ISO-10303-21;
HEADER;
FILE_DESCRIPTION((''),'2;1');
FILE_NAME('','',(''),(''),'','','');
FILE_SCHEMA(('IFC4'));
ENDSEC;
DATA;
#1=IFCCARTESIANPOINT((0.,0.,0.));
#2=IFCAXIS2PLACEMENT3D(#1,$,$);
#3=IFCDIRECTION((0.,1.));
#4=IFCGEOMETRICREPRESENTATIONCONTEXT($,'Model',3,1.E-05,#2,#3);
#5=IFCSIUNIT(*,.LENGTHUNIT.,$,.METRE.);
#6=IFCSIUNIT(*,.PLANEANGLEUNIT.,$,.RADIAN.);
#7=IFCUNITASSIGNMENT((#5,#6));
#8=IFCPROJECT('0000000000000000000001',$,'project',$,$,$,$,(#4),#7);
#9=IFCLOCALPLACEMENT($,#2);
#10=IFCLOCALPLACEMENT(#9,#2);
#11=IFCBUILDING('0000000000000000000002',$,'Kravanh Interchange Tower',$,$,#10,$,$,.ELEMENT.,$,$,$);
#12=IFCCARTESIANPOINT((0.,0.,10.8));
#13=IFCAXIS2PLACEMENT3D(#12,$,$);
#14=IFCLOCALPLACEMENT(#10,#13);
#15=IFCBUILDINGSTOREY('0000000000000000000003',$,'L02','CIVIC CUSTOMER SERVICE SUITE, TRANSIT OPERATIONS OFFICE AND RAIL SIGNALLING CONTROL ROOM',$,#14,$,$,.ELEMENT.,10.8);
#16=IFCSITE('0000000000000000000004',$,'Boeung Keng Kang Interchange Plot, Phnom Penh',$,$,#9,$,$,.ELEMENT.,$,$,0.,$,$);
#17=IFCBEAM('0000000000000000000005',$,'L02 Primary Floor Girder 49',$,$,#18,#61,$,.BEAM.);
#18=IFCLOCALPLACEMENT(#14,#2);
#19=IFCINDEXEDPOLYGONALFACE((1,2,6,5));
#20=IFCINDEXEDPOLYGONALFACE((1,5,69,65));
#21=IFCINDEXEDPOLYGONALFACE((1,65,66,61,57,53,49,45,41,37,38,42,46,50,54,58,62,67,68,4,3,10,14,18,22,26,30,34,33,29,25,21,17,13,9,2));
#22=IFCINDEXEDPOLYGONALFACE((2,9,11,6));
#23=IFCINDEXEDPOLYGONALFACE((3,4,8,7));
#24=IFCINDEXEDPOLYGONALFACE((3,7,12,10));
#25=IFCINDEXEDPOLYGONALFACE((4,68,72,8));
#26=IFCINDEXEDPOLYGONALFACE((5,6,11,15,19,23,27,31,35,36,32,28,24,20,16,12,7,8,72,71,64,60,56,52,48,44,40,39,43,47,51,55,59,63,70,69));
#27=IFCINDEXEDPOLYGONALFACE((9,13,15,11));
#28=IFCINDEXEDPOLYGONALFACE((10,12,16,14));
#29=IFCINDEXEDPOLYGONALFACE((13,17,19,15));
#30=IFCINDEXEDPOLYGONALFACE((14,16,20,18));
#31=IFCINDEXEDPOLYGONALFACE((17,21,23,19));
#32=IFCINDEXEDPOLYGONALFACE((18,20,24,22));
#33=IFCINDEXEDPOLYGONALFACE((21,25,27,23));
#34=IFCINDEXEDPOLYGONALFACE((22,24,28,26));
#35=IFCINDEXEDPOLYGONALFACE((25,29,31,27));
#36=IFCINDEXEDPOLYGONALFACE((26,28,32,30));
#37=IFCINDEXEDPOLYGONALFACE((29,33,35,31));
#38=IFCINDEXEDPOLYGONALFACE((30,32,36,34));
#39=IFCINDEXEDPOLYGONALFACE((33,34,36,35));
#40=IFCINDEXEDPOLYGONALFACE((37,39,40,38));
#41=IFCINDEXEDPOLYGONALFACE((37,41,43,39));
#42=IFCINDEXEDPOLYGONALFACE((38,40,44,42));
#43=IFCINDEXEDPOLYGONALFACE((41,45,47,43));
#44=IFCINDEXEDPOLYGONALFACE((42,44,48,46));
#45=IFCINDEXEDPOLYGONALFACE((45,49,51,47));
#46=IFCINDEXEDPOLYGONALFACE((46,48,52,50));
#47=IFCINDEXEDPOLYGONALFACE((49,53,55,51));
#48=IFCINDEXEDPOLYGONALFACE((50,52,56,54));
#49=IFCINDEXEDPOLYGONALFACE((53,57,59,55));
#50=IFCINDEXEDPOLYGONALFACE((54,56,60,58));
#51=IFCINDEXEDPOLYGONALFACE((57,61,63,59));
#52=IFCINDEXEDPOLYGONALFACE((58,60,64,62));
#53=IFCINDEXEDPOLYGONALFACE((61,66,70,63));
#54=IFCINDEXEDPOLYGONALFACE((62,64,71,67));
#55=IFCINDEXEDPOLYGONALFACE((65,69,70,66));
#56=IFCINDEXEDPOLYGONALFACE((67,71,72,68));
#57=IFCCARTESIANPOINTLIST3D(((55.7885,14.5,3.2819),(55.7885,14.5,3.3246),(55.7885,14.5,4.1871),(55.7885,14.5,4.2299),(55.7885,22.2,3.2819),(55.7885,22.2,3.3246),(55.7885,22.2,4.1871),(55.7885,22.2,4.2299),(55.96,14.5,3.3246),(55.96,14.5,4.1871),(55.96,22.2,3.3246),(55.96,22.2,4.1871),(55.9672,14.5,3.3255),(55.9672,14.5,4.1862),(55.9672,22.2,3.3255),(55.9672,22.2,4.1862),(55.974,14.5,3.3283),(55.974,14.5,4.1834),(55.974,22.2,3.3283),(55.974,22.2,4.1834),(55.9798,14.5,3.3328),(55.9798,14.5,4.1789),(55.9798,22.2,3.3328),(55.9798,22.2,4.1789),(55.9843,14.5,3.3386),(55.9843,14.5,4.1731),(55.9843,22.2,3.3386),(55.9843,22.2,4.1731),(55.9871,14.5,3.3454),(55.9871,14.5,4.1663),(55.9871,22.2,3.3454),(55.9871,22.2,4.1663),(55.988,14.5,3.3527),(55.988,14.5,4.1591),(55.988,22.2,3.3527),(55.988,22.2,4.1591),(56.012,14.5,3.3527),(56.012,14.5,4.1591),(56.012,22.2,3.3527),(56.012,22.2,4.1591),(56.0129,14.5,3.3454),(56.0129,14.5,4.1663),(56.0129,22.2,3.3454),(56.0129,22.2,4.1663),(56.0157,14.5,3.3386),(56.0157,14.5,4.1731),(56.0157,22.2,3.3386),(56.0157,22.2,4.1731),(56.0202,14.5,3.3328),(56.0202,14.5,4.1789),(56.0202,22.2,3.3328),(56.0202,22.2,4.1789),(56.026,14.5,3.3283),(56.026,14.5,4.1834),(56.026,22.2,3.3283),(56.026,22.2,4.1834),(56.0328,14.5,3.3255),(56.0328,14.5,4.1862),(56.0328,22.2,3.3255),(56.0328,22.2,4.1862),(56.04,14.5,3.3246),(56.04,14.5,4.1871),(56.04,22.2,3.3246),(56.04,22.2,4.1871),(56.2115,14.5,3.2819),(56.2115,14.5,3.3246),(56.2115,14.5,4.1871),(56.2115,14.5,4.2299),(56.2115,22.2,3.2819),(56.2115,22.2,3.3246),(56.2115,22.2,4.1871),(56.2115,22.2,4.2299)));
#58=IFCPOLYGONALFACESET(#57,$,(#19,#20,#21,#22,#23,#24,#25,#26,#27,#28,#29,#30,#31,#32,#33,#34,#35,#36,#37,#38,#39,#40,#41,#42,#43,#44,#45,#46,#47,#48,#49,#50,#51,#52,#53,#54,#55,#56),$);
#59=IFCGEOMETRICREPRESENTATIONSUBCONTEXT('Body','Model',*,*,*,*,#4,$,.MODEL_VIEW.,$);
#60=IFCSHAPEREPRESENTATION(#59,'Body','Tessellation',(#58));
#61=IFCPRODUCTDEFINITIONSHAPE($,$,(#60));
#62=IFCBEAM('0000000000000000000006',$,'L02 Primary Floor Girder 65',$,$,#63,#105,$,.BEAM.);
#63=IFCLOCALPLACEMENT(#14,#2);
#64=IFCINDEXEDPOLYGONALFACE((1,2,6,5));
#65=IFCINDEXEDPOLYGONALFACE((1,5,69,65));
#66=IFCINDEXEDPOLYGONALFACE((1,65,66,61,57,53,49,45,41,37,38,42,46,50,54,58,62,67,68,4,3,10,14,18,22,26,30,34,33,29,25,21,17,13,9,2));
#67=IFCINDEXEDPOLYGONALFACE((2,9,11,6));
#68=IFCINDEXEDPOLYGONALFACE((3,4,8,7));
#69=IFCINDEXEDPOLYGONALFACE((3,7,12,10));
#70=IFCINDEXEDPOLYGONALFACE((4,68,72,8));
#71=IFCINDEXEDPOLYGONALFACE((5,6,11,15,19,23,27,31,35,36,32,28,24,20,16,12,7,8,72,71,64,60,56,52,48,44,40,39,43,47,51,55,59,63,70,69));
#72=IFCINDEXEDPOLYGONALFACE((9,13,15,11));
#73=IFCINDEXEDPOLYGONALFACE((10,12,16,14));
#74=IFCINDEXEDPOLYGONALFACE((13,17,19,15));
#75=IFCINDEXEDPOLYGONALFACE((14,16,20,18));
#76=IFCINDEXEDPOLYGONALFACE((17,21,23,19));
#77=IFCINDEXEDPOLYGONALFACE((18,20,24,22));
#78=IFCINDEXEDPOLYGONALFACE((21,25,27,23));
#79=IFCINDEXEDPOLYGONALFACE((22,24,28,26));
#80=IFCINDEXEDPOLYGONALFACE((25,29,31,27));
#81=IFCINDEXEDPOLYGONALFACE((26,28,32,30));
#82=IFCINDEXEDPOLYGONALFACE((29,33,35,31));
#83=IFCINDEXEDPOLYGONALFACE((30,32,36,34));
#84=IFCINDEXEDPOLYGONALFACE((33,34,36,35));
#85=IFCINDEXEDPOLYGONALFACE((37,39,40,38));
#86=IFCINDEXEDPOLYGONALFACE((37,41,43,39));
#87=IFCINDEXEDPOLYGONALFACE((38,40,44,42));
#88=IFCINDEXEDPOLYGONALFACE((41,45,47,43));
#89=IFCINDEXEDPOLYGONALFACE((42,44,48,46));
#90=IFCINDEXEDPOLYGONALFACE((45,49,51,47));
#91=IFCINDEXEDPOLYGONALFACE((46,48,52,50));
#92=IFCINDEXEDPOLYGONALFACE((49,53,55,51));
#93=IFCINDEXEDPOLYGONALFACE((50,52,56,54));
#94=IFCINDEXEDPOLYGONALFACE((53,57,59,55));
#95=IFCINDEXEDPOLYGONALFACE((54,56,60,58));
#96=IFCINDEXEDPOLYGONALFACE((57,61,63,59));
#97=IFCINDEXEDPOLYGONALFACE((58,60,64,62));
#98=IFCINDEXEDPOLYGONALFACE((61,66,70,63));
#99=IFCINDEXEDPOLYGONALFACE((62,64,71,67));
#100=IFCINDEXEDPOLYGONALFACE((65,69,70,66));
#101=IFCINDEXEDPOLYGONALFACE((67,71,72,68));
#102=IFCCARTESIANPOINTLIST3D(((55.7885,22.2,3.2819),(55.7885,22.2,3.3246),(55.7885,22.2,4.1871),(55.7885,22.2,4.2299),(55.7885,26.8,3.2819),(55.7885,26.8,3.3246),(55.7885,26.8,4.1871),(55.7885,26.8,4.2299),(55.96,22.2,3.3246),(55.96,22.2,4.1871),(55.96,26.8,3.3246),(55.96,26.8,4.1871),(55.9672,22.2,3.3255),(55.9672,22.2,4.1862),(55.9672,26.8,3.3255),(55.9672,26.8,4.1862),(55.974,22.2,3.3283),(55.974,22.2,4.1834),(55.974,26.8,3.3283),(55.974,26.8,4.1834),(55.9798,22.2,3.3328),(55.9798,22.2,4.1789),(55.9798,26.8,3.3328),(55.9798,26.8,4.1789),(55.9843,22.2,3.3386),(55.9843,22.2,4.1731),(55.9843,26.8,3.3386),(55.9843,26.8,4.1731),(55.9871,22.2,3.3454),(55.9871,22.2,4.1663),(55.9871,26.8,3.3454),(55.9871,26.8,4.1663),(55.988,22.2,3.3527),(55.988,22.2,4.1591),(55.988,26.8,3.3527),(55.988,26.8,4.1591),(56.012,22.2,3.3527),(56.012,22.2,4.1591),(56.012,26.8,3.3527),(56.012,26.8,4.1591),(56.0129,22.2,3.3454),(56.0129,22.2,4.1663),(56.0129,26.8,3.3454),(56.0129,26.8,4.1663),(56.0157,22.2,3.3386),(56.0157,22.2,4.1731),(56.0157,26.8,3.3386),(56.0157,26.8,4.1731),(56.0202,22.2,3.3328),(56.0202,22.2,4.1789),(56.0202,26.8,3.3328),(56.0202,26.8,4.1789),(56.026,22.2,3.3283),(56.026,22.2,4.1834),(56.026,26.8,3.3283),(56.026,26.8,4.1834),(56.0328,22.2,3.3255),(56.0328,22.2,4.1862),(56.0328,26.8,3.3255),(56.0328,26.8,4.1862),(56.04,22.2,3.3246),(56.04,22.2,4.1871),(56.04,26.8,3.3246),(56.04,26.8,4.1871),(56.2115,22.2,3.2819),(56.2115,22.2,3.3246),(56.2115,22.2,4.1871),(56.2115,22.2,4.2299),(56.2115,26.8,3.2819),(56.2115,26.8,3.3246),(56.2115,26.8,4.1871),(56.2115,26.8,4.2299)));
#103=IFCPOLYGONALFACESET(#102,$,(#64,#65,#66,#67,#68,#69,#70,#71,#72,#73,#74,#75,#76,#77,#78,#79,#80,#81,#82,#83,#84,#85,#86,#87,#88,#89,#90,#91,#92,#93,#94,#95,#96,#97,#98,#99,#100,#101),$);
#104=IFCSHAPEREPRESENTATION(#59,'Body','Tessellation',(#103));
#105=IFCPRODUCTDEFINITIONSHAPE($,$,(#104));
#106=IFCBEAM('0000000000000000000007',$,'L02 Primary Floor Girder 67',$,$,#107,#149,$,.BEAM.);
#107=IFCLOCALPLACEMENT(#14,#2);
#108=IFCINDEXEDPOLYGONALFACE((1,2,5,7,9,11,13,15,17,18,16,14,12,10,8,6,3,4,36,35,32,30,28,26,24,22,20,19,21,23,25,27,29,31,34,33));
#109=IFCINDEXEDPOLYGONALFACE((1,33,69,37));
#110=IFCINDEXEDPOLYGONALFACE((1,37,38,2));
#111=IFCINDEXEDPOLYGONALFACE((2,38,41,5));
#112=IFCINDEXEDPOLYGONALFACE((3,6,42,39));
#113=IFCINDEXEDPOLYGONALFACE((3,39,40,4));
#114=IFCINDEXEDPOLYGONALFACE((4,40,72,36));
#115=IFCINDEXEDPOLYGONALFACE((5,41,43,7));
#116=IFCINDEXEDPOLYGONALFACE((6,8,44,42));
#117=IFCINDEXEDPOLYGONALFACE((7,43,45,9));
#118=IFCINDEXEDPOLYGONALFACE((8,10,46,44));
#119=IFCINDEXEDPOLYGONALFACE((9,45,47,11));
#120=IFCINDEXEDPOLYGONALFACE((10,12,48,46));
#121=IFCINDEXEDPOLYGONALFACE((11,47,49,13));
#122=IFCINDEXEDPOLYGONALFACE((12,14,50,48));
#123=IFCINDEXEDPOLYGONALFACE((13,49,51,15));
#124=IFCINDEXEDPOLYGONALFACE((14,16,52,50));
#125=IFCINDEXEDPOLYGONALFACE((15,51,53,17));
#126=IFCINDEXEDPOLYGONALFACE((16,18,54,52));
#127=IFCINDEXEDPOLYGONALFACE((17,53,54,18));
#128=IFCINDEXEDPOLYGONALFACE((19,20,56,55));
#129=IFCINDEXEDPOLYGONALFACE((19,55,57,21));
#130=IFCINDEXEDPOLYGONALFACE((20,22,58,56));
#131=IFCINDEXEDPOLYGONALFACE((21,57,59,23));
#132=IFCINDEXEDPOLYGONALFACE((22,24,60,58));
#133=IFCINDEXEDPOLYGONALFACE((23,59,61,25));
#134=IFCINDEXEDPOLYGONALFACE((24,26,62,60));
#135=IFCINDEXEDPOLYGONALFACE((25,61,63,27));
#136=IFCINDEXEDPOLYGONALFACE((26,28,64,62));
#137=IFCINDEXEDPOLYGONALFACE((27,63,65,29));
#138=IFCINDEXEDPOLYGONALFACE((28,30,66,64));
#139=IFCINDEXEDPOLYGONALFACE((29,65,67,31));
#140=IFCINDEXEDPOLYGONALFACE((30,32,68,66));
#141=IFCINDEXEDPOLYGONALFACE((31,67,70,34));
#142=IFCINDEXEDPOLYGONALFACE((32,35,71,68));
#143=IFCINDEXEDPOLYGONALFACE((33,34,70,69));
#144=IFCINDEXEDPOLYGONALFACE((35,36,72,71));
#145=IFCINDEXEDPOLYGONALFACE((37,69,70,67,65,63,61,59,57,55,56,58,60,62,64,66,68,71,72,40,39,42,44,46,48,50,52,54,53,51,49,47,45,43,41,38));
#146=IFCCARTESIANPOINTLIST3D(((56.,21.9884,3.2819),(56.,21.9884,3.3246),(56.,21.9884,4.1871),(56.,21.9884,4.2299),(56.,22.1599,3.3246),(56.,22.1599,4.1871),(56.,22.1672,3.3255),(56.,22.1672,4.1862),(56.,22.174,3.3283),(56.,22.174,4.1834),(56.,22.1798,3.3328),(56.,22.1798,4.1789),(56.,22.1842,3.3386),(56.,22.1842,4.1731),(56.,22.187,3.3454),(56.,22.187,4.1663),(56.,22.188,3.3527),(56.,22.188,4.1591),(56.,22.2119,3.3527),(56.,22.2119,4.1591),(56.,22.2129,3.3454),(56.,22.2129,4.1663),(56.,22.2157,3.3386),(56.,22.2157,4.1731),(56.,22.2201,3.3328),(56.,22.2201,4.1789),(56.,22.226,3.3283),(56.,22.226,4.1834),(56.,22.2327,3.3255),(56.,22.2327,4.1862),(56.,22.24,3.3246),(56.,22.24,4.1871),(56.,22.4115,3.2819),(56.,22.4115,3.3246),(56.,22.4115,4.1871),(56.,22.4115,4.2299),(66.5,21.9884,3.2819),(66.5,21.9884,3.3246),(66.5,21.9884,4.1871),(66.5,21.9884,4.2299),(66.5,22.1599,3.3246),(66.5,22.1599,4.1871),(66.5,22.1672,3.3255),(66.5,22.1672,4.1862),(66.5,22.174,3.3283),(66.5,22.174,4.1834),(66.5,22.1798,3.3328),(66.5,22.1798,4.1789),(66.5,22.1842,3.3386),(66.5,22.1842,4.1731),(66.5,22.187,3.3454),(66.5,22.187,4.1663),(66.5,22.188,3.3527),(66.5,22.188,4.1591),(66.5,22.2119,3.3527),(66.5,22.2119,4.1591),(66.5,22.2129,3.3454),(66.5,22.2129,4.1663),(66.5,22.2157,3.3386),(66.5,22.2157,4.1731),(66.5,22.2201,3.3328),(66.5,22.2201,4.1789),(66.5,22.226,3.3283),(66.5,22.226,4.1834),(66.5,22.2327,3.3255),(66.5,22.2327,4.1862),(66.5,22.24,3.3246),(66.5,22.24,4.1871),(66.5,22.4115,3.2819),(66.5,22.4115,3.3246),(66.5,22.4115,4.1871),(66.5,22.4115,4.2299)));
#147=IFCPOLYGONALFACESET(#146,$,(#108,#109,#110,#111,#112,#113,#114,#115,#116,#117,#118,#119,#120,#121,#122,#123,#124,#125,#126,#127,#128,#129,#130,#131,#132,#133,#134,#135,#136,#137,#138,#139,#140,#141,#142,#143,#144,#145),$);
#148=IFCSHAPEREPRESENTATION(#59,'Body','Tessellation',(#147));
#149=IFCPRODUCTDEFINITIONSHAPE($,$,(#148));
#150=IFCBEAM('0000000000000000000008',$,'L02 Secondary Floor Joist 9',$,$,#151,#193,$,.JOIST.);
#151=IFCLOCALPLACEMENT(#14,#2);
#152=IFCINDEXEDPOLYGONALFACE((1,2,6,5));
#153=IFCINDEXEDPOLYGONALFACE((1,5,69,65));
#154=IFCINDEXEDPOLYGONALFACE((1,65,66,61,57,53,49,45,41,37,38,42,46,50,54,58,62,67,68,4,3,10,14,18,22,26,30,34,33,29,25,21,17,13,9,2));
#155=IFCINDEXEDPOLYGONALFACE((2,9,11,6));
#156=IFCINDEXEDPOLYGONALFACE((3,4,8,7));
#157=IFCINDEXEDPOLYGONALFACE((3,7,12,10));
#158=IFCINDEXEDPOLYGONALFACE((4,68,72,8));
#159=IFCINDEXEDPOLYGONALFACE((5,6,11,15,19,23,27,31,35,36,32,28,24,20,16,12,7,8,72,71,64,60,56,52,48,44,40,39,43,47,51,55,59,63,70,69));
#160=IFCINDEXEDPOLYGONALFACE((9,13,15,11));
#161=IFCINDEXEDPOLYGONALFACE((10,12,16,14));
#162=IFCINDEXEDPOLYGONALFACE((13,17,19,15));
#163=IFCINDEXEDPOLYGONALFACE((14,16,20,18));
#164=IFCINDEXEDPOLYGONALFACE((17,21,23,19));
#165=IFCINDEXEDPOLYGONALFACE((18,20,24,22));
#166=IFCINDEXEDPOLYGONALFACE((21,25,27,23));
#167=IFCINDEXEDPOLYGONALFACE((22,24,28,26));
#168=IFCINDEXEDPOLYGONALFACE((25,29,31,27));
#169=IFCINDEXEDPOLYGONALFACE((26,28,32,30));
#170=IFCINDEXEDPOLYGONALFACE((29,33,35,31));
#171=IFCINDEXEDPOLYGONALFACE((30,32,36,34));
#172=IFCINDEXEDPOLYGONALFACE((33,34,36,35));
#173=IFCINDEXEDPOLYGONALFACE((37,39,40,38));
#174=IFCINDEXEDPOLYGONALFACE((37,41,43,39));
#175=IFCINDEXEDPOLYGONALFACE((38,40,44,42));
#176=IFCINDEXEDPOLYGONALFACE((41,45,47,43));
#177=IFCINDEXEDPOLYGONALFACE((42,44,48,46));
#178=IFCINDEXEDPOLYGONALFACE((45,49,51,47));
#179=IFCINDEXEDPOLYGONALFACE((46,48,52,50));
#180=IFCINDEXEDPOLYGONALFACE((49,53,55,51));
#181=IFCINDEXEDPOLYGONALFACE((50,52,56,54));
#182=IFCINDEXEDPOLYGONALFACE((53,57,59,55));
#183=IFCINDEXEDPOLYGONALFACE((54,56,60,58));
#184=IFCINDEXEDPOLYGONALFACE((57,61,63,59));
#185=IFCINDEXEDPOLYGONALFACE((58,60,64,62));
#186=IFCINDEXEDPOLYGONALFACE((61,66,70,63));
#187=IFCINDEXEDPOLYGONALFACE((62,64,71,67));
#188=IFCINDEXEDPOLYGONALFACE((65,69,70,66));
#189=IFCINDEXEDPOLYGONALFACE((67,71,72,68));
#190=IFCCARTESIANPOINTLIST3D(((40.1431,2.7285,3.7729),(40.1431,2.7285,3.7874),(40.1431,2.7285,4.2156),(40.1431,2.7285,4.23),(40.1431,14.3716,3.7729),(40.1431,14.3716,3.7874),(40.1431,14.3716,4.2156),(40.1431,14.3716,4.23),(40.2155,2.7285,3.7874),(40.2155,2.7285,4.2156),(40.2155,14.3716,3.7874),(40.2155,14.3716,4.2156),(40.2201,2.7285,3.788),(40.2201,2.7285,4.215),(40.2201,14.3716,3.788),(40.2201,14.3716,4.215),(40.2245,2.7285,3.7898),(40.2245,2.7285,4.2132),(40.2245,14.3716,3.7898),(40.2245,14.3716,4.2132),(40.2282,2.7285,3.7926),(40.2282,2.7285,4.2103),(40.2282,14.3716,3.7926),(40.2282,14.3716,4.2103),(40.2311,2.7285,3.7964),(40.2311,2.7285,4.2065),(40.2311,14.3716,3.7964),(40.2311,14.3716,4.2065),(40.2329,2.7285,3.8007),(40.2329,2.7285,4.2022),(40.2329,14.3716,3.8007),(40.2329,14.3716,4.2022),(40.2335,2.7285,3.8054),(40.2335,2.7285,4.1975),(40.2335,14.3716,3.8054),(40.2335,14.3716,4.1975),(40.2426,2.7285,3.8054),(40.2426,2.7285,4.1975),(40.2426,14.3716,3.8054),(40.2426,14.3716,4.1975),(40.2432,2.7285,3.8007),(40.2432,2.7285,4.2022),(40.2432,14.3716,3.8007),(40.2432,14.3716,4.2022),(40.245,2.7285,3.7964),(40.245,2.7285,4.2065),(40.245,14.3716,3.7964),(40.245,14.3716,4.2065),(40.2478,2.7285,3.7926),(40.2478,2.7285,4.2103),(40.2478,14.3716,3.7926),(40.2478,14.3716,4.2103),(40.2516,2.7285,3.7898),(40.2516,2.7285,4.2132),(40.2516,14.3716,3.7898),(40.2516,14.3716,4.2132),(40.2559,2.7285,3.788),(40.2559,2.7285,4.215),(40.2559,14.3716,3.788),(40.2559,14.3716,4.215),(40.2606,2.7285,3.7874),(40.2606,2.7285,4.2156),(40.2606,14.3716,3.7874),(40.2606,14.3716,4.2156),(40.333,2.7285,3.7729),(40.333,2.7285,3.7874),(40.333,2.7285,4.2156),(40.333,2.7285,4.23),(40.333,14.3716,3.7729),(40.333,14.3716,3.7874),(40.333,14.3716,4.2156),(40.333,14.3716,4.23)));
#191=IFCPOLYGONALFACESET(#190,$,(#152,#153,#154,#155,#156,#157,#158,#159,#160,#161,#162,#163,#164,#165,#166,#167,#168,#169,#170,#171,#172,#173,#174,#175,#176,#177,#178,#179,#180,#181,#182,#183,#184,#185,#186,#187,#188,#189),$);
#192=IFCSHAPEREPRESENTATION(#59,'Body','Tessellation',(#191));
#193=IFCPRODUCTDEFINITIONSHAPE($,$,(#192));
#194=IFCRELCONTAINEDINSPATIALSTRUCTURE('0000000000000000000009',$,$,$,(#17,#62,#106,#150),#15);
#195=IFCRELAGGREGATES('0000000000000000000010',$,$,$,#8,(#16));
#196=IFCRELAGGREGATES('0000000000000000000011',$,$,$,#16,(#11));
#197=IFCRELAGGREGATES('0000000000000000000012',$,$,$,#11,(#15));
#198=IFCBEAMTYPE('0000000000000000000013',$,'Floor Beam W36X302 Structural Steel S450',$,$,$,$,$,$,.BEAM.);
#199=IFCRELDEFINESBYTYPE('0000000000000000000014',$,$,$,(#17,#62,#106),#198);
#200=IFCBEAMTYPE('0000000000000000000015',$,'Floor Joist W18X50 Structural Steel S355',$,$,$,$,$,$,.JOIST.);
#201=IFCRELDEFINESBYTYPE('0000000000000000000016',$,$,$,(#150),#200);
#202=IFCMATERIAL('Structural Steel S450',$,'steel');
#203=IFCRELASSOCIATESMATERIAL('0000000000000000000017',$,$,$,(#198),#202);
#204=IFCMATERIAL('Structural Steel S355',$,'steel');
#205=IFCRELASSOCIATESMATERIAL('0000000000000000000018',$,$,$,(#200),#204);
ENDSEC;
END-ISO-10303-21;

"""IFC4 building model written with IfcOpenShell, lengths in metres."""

from ifc_helpers import new_model, si_unit, direction, frame, origin, origin_2d, place, context, subcontext, project, spatial, i_section, extrude, material, material_profile, profile_set, type_object, element, save


model = new_model("IFC4")

# Units and contexts
model_context = context("Model", 3, precision=1e-05, world=origin(), true_north=direction((0.0, 1.0)))
body_context = subcontext(model_context, "Body", "Model", "MODEL_VIEW")
ifc_project = project(units=[si_unit("LENGTHUNIT", "METRE"), si_unit("PLANEANGLEUNIT", "RADIAN")], contexts=[model_context])

# Site, building, storey
site_placement = place(None, origin())
site = spatial("IfcSite", under=ifc_project, at=site_placement, Name="Boeung Keng Kang Interchange Plot, Phnom Penh", CompositionType="ELEMENT", RefElevation=0.0)
building_placement = place(site_placement, origin())
building = spatial("IfcBuilding", under=site, at=building_placement, Name="Kravanh Interchange Tower", CompositionType="ELEMENT")
storey_placement = place(building_placement, frame((0.0, 0.0, 10.8)))
storey = spatial("IfcBuildingStorey", under=building, at=storey_placement, Name="L02", Description="CIVIC CUSTOMER SERVICE SUITE, TRANSIT OPERATIONS OFFICE AND RAIL SIGNALLING CONTROL ROOM", CompositionType="ELEMENT", Elevation=10.8)

# Beams
ifc_material_1 = material(Name="Structural Steel S450", Category="steel")
ifc_material_profile_1 = material_profile(ifc_material_1, i_section(OverallWidth=0.4231, OverallDepth=0.948, WebThickness=0.0239, FlangeThickness=0.0427, FilletRadius=0.0281, at=origin_2d()), Name="W36X302")
ifc_profile_set_1 = profile_set([ifc_material_profile_1], Name="Structural Steel S450")
beam_type_1 = type_object("IfcBeamType", Name="Floor Beam W36X302 Structural Steel S450", PredefinedType="BEAM", material=ifc_profile_set_1)
beam_1_placement = place(storey_placement, frame((56.0, 14.5, 3.7559), z_axis=(0.0, 1.0, 0.0), x_axis=(-1.0, 0.0, 0.0)))
element("IfcBeam", 1, at=beam_1_placement, inside=storey, type_object=beam_type_1, Name="L02 Primary Floor Girder 49", PredefinedType="BEAM", context=body_context, shape_type="SweptSolid", body=[
    extrude(i_section(OverallWidth=0.4231, OverallDepth=0.948, WebThickness=0.0239, FlangeThickness=0.0427, FilletRadius=0.0281, at=origin_2d()), origin(), (0.0, 0.0, 1.0), 7.7),
])
beam_2_placement = place(storey_placement, frame((56.0, 22.2, 3.7559), z_axis=(0.0, 1.0, 0.0), x_axis=(-1.0, 0.0, 0.0)))
element("IfcBeam", 2, at=beam_2_placement, inside=storey, type_object=beam_type_1, Name="L02 Primary Floor Girder 65", PredefinedType="BEAM", context=body_context, shape_type="SweptSolid", body=[
    extrude(i_section(OverallWidth=0.4231, OverallDepth=0.948, WebThickness=0.0239, FlangeThickness=0.0427, FilletRadius=0.0281, at=origin_2d()), origin(), (0.0, 0.0, 1.0), 4.6001),
])
beam_3_placement = place(storey_placement, frame((56.0, 22.2, 3.7559), z_axis=(1.0, 0.0, 0.0), x_axis=(0.0, 1.0, 0.0)))
element("IfcBeam", 3, at=beam_3_placement, inside=storey, type_object=beam_type_1, Name="L02 Primary Floor Girder 67", PredefinedType="BEAM", context=body_context, shape_type="SweptSolid", body=[
    extrude(i_section(OverallWidth=0.4231, OverallDepth=0.948, WebThickness=0.0239, FlangeThickness=0.0427, FilletRadius=0.0281, at=origin_2d()), origin(), (0.0, 0.0, 1.0), 10.5),
])
ifc_material_2 = material(Name="Structural Steel S355", Category="steel")
ifc_material_profile_2 = material_profile(ifc_material_2, i_section(OverallWidth=0.1899, OverallDepth=0.457, WebThickness=0.009, FlangeThickness=0.0144, FilletRadius=0.0181, at=origin_2d()), Name="W18X50")
ifc_profile_set_2 = profile_set([ifc_material_profile_2], Name="Structural Steel S355")
beam_type_2 = type_object("IfcBeamType", Name="Floor Joist W18X50 Structural Steel S355", PredefinedType="JOIST", material=ifc_profile_set_2)
for number, where, z_axis, x_axis, name in (
    (4, (40.238, 2.7285, 4.0015), (0.0, 1.0, 0.0), (-1.0, 0.0, 0.0), "L02 Secondary Floor Joist 9"),
):
    element("IfcBeam", number, at=place(storey_placement, frame(where, z_axis=z_axis, x_axis=x_axis)), inside=storey, type_object=beam_type_2, Name=name, PredefinedType="JOIST", context=body_context, shape_type="SweptSolid", body=[
        extrude(i_section(OverallWidth=0.1899, OverallDepth=0.457, WebThickness=0.009, FlangeThickness=0.0144, FilletRadius=0.0181, at=origin_2d()), origin(), (0.0, 0.0, 1.0), 11.6431),
    ])

save(model, "model.ifc")
